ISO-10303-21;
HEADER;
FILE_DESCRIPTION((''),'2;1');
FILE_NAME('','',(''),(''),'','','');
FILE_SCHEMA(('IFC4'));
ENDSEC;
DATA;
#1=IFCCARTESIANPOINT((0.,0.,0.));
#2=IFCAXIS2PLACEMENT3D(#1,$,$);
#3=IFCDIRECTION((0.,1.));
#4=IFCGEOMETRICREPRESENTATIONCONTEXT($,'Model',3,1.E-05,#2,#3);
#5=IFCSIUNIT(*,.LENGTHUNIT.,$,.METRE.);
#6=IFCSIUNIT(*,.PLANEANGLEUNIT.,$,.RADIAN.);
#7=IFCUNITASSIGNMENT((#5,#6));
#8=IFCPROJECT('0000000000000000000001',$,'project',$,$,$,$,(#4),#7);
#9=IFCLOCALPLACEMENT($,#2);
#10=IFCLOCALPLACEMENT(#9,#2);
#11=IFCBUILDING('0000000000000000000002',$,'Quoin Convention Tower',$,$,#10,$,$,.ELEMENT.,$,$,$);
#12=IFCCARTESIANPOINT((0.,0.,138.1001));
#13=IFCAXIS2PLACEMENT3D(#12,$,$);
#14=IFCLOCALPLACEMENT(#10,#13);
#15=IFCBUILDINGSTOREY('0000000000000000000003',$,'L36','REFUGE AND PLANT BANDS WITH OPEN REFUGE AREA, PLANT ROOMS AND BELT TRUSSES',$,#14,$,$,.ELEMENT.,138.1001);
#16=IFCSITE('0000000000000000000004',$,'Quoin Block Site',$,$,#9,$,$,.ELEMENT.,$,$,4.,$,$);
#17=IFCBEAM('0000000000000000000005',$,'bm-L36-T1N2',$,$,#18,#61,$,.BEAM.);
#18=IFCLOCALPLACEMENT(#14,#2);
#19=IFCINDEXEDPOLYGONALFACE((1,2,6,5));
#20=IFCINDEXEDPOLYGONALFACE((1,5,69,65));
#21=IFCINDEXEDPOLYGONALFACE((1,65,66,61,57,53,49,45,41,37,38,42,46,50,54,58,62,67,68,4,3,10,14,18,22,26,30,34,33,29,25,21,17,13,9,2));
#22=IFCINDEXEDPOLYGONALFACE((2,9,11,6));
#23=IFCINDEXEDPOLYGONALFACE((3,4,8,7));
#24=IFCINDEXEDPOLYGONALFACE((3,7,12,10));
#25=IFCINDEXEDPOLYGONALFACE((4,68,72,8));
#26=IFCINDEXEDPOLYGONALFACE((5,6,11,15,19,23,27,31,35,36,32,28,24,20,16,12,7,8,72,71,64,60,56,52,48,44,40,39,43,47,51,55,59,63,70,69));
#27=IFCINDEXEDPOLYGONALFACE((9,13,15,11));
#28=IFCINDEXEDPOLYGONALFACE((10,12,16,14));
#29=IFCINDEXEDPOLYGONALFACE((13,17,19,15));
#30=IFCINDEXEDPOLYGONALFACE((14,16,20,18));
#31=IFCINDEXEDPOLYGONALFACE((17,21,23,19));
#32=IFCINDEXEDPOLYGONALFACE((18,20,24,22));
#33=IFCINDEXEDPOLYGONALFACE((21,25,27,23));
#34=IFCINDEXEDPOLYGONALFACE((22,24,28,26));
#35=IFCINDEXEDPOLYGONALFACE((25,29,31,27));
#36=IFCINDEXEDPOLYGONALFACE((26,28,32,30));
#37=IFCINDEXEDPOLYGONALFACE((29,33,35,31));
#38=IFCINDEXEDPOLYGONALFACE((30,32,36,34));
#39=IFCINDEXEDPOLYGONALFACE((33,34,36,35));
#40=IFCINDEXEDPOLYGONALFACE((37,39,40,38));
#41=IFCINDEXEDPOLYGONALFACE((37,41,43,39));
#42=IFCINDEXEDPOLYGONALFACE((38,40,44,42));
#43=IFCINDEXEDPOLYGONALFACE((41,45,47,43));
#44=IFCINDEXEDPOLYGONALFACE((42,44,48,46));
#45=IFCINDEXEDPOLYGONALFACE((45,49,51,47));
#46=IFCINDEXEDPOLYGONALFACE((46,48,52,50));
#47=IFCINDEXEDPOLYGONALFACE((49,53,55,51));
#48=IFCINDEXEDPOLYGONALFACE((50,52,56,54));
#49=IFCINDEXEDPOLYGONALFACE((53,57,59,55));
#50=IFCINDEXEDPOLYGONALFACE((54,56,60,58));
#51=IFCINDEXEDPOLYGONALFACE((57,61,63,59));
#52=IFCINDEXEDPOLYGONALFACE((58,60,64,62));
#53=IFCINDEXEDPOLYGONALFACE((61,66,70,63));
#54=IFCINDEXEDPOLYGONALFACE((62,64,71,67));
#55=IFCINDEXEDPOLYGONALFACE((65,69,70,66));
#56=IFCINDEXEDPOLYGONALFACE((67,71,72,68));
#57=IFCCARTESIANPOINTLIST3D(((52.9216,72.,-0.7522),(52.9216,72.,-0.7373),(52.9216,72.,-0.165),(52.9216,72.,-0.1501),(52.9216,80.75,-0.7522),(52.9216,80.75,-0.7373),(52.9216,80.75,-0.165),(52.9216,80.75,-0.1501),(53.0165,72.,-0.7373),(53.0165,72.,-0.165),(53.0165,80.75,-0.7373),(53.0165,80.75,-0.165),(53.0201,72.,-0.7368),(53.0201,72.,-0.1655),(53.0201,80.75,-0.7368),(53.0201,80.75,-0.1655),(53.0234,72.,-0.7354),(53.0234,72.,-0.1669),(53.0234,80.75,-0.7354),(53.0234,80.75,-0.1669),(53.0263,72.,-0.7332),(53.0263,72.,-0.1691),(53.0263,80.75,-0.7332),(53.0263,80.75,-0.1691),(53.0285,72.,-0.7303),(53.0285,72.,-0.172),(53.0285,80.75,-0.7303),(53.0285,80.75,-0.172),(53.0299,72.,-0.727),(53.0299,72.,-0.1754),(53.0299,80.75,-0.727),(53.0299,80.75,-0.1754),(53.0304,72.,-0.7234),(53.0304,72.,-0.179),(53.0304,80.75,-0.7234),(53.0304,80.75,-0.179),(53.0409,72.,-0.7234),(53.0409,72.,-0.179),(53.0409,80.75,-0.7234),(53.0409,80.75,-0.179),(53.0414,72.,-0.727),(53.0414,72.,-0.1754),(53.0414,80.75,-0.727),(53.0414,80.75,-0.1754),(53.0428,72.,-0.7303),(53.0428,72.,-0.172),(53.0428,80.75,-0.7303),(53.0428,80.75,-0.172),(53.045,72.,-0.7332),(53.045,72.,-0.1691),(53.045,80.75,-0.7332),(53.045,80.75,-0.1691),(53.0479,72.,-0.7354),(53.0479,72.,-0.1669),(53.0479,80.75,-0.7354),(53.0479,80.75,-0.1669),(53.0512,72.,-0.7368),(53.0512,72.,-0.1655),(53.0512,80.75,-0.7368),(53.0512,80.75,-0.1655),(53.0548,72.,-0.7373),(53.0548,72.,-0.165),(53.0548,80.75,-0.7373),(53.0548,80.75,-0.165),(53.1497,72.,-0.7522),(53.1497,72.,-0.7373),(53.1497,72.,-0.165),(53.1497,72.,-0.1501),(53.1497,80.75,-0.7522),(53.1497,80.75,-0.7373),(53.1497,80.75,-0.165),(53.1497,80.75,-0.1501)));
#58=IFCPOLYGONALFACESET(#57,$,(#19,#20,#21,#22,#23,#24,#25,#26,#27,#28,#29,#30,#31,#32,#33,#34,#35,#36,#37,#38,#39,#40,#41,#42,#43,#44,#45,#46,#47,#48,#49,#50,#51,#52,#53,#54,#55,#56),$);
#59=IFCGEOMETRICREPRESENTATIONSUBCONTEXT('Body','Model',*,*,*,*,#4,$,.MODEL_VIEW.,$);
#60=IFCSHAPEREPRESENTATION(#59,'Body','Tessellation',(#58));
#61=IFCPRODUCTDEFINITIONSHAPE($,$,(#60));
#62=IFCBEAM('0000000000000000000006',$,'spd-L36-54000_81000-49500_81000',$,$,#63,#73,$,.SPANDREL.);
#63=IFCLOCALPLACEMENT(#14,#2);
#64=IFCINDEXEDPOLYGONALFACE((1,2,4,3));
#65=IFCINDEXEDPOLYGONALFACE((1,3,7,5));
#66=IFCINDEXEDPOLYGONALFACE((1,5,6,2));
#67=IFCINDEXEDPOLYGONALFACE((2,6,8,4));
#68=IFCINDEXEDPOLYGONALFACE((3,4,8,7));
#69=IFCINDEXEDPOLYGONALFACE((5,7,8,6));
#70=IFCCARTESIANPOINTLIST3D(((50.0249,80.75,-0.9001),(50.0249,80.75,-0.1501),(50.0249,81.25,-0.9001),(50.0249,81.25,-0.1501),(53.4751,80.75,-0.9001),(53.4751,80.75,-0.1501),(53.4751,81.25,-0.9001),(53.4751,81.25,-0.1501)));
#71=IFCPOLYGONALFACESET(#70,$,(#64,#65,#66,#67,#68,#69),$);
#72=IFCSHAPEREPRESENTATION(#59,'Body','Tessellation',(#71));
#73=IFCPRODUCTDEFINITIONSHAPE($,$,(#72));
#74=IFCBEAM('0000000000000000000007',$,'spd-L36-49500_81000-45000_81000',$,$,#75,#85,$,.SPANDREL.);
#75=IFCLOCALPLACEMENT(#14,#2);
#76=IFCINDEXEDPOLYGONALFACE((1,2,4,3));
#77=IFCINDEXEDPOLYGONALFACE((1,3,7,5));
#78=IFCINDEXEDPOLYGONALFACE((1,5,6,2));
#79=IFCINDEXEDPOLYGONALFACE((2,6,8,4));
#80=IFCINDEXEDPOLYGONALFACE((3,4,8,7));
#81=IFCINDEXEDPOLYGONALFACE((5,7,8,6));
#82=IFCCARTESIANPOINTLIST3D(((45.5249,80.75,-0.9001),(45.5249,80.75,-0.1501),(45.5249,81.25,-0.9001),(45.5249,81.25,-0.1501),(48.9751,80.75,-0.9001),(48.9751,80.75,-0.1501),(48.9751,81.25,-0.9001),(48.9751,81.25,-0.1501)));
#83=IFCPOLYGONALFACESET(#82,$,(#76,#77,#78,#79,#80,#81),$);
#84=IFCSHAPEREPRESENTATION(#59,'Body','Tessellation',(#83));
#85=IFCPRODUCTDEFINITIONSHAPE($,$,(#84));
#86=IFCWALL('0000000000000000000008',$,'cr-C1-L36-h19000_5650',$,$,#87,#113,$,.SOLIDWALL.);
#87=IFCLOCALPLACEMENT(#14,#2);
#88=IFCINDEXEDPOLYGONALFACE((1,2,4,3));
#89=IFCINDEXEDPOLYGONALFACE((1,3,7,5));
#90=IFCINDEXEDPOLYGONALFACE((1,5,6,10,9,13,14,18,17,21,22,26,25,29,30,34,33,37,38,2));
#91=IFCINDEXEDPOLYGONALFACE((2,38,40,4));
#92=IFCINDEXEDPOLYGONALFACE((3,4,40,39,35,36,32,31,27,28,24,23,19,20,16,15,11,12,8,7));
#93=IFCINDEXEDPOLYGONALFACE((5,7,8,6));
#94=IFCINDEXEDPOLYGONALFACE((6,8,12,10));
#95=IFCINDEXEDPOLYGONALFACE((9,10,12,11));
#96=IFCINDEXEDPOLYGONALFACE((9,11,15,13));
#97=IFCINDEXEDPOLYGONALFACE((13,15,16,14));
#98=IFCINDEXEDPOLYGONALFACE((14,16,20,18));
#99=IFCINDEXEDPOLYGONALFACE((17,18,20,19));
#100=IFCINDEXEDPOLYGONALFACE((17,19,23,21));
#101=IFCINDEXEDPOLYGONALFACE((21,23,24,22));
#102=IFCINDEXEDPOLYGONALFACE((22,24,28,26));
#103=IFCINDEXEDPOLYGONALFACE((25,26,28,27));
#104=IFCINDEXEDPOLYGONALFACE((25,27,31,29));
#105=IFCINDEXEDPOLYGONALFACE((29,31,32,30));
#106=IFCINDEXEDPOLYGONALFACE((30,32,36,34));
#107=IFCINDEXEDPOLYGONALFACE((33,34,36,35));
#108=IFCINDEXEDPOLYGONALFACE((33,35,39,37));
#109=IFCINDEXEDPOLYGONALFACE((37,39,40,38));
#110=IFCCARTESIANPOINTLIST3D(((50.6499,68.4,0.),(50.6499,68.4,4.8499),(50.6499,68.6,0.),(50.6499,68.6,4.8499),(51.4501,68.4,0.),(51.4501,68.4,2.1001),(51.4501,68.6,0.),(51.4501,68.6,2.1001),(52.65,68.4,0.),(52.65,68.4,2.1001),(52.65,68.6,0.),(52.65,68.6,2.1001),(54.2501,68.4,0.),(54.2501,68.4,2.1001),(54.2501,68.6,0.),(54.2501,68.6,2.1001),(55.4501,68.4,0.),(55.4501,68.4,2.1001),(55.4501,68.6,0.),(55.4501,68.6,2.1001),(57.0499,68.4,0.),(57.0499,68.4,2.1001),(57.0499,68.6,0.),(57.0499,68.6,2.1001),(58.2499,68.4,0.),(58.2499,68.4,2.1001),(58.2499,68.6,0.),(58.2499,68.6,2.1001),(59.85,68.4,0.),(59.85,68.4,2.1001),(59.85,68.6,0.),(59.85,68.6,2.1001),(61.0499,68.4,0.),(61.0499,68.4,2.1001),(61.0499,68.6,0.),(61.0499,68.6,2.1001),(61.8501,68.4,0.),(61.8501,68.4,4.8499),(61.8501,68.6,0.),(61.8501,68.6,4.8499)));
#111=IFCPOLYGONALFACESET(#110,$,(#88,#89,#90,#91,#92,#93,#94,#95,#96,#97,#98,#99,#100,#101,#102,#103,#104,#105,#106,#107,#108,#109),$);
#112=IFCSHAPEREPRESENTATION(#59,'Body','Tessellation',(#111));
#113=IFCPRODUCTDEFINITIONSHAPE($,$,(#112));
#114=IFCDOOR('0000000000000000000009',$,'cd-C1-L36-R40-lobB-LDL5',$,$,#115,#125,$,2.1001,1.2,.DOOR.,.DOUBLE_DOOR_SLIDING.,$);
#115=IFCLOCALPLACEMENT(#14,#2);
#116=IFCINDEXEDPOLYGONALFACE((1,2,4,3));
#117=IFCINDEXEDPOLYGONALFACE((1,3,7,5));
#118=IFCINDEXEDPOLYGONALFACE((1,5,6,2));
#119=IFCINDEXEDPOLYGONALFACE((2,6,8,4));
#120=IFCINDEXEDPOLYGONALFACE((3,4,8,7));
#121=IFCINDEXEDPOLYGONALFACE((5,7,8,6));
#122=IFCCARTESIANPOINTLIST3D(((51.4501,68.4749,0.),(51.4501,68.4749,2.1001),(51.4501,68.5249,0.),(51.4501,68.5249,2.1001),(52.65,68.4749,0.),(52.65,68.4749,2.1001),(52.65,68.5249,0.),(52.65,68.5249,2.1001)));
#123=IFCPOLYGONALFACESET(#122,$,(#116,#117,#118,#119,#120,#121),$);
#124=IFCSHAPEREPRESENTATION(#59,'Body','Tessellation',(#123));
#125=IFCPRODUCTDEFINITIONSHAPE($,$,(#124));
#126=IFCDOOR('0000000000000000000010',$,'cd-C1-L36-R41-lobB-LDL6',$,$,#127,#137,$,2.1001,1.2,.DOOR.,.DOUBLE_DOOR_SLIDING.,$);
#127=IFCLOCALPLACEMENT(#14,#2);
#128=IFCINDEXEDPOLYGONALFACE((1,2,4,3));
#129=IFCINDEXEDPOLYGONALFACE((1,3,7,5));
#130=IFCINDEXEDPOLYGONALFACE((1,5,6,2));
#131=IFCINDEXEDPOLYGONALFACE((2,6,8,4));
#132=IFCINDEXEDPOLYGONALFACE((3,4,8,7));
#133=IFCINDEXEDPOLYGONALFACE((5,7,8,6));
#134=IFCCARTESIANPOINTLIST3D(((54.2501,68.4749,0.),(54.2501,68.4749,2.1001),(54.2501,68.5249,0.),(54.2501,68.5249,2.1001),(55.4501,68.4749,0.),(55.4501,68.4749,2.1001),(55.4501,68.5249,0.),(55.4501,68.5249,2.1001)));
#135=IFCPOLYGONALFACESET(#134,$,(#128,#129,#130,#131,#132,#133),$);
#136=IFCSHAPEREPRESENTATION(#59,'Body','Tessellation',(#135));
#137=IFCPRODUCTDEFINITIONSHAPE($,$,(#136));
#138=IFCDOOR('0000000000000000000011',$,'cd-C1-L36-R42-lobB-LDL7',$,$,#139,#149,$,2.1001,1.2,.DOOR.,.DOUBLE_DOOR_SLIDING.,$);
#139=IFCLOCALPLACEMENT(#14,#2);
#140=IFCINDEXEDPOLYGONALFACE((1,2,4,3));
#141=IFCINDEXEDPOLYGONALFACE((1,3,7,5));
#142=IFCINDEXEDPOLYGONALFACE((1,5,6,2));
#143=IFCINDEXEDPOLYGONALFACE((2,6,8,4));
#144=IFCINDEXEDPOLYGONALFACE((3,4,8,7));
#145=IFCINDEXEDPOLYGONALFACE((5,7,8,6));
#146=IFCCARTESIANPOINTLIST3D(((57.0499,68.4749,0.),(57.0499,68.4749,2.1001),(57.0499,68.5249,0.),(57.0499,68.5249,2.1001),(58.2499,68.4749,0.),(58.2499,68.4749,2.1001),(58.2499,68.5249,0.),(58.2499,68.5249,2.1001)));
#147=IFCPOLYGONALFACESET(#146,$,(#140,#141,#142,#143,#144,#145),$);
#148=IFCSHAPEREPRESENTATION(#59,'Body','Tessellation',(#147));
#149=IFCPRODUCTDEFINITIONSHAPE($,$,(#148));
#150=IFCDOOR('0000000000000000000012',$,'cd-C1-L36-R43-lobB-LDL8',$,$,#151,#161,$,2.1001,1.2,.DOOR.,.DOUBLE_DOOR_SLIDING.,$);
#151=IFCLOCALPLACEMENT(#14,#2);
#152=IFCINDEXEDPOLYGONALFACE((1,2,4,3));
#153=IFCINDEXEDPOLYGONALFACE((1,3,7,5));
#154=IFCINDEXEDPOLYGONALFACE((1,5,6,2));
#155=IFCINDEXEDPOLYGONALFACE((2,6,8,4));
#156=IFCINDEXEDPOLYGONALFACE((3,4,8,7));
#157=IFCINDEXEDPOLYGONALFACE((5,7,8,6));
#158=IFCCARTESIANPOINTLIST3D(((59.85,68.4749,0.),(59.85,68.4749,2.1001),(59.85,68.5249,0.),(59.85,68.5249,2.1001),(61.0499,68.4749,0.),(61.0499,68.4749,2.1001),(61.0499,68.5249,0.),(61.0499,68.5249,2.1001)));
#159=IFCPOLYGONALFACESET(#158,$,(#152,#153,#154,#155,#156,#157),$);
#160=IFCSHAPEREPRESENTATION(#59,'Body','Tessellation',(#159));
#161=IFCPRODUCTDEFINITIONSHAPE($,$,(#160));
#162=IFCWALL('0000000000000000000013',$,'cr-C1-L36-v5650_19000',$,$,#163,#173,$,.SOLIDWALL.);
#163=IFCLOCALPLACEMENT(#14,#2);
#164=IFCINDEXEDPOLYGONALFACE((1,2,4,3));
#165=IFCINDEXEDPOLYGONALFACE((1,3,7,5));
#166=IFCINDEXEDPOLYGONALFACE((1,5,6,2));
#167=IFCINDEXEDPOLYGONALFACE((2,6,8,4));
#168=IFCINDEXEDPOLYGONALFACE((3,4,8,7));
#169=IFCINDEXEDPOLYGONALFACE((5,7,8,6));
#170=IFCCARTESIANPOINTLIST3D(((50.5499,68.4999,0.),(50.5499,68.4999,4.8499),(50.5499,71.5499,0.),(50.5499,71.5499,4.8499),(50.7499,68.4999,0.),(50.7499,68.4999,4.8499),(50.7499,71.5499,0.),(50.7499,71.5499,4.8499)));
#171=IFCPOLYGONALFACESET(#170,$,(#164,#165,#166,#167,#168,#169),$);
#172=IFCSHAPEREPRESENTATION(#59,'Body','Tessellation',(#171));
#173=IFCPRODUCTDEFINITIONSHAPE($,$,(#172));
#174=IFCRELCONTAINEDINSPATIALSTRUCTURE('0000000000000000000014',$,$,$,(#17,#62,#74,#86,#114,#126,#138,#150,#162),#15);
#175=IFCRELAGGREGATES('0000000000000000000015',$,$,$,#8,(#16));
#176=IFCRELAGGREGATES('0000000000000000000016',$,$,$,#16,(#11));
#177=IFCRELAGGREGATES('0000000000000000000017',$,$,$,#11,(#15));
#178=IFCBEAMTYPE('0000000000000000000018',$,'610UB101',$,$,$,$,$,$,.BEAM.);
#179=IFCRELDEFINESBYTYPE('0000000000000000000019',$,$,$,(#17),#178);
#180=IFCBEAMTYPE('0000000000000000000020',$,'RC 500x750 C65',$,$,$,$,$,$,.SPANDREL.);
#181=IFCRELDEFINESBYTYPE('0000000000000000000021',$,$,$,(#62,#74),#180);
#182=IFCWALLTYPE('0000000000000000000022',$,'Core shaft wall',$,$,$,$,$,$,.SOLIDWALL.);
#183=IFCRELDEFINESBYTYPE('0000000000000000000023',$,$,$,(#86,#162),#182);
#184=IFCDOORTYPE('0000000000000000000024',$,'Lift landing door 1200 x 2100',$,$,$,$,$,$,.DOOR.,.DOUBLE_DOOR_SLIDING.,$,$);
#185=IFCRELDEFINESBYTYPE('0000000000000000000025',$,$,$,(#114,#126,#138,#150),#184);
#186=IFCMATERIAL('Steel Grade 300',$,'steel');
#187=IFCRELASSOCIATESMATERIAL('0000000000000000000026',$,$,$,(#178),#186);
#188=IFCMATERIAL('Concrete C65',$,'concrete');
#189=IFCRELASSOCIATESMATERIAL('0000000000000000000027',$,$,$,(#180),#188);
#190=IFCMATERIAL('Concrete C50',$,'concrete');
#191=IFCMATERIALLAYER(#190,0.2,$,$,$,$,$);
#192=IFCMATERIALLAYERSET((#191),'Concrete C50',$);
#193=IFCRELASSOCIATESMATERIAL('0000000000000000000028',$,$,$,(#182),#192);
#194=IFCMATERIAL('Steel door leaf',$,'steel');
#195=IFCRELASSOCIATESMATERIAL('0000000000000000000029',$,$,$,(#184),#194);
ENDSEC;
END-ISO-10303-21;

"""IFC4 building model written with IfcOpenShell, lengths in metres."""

from ifc_helpers import new_model, si_unit, direction, frame, frame_2d, origin, origin_2d, place, context, subcontext, project, spatial, rectangle, i_section, extrude, material, layer, layer_set, material_profile, profile_set, type_object, element, fill, save


model = new_model("IFC4")

# Units and contexts
model_context = context("Model", 3, precision=1e-05, world=origin(), true_north=direction((0.0, 1.0)))
body_context = subcontext(model_context, "Body", "Model", "MODEL_VIEW")
ifc_project = project(units=[si_unit("LENGTHUNIT", "METRE"), si_unit("PLANEANGLEUNIT", "RADIAN")], contexts=[model_context])

# Site, building, storey
site_placement = place(None, origin())
site = spatial("IfcSite", under=ifc_project, at=site_placement, Name="Quoin Block Site", CompositionType="ELEMENT", RefElevation=4.0)
building_placement = place(site_placement, origin())
building = spatial("IfcBuilding", under=site, at=building_placement, Name="Quoin Convention Tower", CompositionType="ELEMENT")
storey_placement = place(building_placement, frame((0.0, 0.0, 138.1001)))
storey = spatial("IfcBuildingStorey", under=building, at=storey_placement, Name="L36", Description="REFUGE AND PLANT BANDS WITH OPEN REFUGE AREA, PLANT ROOMS AND BELT TRUSSES", CompositionType="ELEMENT", Elevation=138.1001)

# Shared definitions
ifc_material_1 = material(Name="Concrete C65", Category="concrete")

# Shared definitions
ifc_material_2 = material(Name="Steel Grade 300", Category="steel")

# Beams
ifc_material_profile_1 = material_profile(ifc_material_2, i_section(OverallWidth=0.228, OverallDepth=0.6021, WebThickness=0.0105, FlangeThickness=0.0149, FilletRadius=0.0139, at=origin_2d()), Name="610UB101")
ifc_profile_set_1 = profile_set([ifc_material_profile_1], Name="Steel Grade 300")
beam_type_1 = type_object("IfcBeamType", Name="610UB101", PredefinedType="BEAM", material=ifc_profile_set_1)
beam_1_placement = place(storey_placement, frame((53.0356, 72.0, -0.4512), z_axis=(0.0, 1.0, 0.0), x_axis=(-1.0, 0.0, 0.0)))
element("IfcBeam", 1, at=beam_1_placement, inside=storey, type_object=beam_type_1, Name="bm-L36-T1N2", PredefinedType="BEAM", context=body_context, shape_type="SweptSolid", body=[
    extrude(i_section(OverallWidth=0.228, OverallDepth=0.6021, WebThickness=0.0105, FlangeThickness=0.0149, FilletRadius=0.0139, at=origin_2d()), origin(), (0.0, 0.0, 1.0), 8.75),
])
ifc_material_profile_2 = material_profile(ifc_material_1, rectangle(XDim=0.5, YDim=0.75, at=origin_2d()), Name="RC 500x750")
ifc_profile_set_2 = profile_set([ifc_material_profile_2], Name="Concrete C65")
beam_type_2 = type_object("IfcBeamType", Name="RC 500x750 C65", PredefinedType="SPANDREL", material=ifc_profile_set_2)
for number, where, z_axis, x_axis, name in (
    (2, (53.4751, 81.0, -0.5251), (-1.0, 0.0, 0.0), (0.0, -1.0, 0.0), "spd-L36-54000_81000-49500_81000"),
    (3, (48.9751, 81.0, -0.5251), (-1.0, 0.0, 0.0), (0.0, -1.0, 0.0), "spd-L36-49500_81000-45000_81000"),
):
    element("IfcBeam", number, at=place(storey_placement, frame(where, z_axis=z_axis, x_axis=x_axis)), inside=storey, type_object=beam_type_2, Name=name, PredefinedType="SPANDREL", context=body_context, shape_type="SweptSolid", body=[
        extrude(rectangle(XDim=0.5, YDim=0.75, at=origin_2d()), origin(), (0.0, 0.0, 1.0), 3.4502),
    ])

# Wall, openings, doors
ifc_material_3 = material(Name="Concrete C50", Category="concrete")
ifc_layer_1 = layer(ifc_material_3, 0.2)
ifc_layer_set_1 = layer_set([ifc_layer_1], Name="Concrete C50")
wall_type_1 = type_object("IfcWallType", Name="Core shaft wall", PredefinedType="SOLIDWALL", material=ifc_layer_set_1)
wall_1_placement = place(storey_placement, frame((50.6499, 68.5, 0.0), z_axis=(0.0, 0.0, 1.0), x_axis=(1.0, 0.0, 0.0)))
wall_1 = element("IfcWall", 4, at=wall_1_placement, inside=storey, type_object=wall_type_1, Name="cr-C1-L36-h19000_5650", PredefinedType="SOLIDWALL", context=body_context, shape_type="SweptSolid", body=[
    extrude(rectangle(XDim=11.2002, YDim=0.2, at=frame_2d((5.6001, 0.0))), origin(), (0.0, 0.0, 1.0), 4.8499),
])
opening_1_placement = place(wall_1_placement, frame((0.8, 0.0, 0.0)))
opening_1 = element("IfcOpeningElement", 5, at=opening_1_placement, cuts=wall_1, PredefinedType="OPENING", context=body_context, shape_type="SweptSolid", body=[
    extrude(rectangle(XDim=1.2, YDim=2.1001, at=frame_2d((0.6001, 1.05))), frame((0.0, 0.1099, 0.0), z_axis=(0.0, -1.0, 0.0), x_axis=(1.0, 0.0, 0.0)), (0.0, 0.0, 1.0), 0.22),
])
opening_2_placement = place(wall_1_placement, frame((3.6001, 0.0, 0.0)))
opening_2 = element("IfcOpeningElement", 6, at=opening_2_placement, cuts=wall_1, PredefinedType="OPENING", context=body_context, shape_type="SweptSolid", body=[
    extrude(rectangle(XDim=1.2, YDim=2.1001, at=frame_2d((0.6001, 1.05))), frame((0.0, 0.1099, 0.0), z_axis=(0.0, -1.0, 0.0), x_axis=(1.0, 0.0, 0.0)), (0.0, 0.0, 1.0), 0.22),
])
opening_3_placement = place(wall_1_placement, frame((6.3999, 0.0, 0.0)))
opening_3 = element("IfcOpeningElement", 7, at=opening_3_placement, cuts=wall_1, PredefinedType="OPENING", context=body_context, shape_type="SweptSolid", body=[
    extrude(rectangle(XDim=1.2, YDim=2.1001, at=frame_2d((0.6001, 1.05))), frame((0.0, 0.1099, 0.0), z_axis=(0.0, -1.0, 0.0), x_axis=(1.0, 0.0, 0.0)), (0.0, 0.0, 1.0), 0.22),
])
opening_4_placement = place(wall_1_placement, frame((9.2, 0.0, 0.0)))
opening_4 = element("IfcOpeningElement", 8, at=opening_4_placement, cuts=wall_1, PredefinedType="OPENING", context=body_context, shape_type="SweptSolid", body=[
    extrude(rectangle(XDim=1.2, YDim=2.1001, at=frame_2d((0.6001, 1.05))), frame((0.0, 0.1099, 0.0), z_axis=(0.0, -1.0, 0.0), x_axis=(1.0, 0.0, 0.0)), (0.0, 0.0, 1.0), 0.22),
])
ifc_material_4 = material(Name="Steel door leaf", Category="steel")
door_type = type_object("IfcDoorType", Name="Lift landing door 1200 x 2100", OperationType="DOUBLE_DOOR_SLIDING", PredefinedType="DOOR", material=ifc_material_4)
door_1_placement = place(opening_1_placement, origin())
door_1 = element("IfcDoor", 9, at=door_1_placement, inside=storey, type_object=door_type, Name="cd-C1-L36-R40-lobB-LDL5", OperationType="DOUBLE_DOOR_SLIDING", OverallHeight=2.1001, OverallWidth=1.2, PredefinedType="DOOR", context=body_context, shape_type="SweptSolid", body=[
    extrude(rectangle(XDim=1.2, YDim=2.1001, at=frame_2d((0.6001, 1.05))), frame((0.0, 0.0249, 0.0), z_axis=(0.0, -1.0, 0.0), x_axis=(1.0, 0.0, 0.0)), (0.0, 0.0, 1.0), 0.05),
])
fill(opening_1, door_1)
door_2_placement = place(opening_2_placement, origin())
door_2 = element("IfcDoor", 10, at=door_2_placement, inside=storey, type_object=door_type, Name="cd-C1-L36-R41-lobB-LDL6", OperationType="DOUBLE_DOOR_SLIDING", OverallHeight=2.1001, OverallWidth=1.2, PredefinedType="DOOR", context=body_context, shape_type="SweptSolid", body=[
    extrude(rectangle(XDim=1.2, YDim=2.1001, at=frame_2d((0.6001, 1.05))), frame((0.0, 0.0249, 0.0), z_axis=(0.0, -1.0, 0.0), x_axis=(1.0, 0.0, 0.0)), (0.0, 0.0, 1.0), 0.05),
])
fill(opening_2, door_2)
door_3_placement = place(opening_3_placement, origin())
door_3 = element("IfcDoor", 11, at=door_3_placement, inside=storey, type_object=door_type, Name="cd-C1-L36-R42-lobB-LDL7", OperationType="DOUBLE_DOOR_SLIDING", OverallHeight=2.1001, OverallWidth=1.2, PredefinedType="DOOR", context=body_context, shape_type="SweptSolid", body=[
    extrude(rectangle(XDim=1.2, YDim=2.1001, at=frame_2d((0.6001, 1.05))), frame((0.0, 0.0249, 0.0), z_axis=(0.0, -1.0, 0.0), x_axis=(1.0, 0.0, 0.0)), (0.0, 0.0, 1.0), 0.05),
])
fill(opening_3, door_3)
door_4_placement = place(opening_4_placement, origin())
door_4 = element("IfcDoor", 12, at=door_4_placement, inside=storey, type_object=door_type, Name="cd-C1-L36-R43-lobB-LDL8", OperationType="DOUBLE_DOOR_SLIDING", OverallHeight=2.1001, OverallWidth=1.2, PredefinedType="DOOR", context=body_context, shape_type="SweptSolid", body=[
    extrude(rectangle(XDim=1.2, YDim=2.1001, at=frame_2d((0.6001, 1.05))), frame((0.0, 0.0249, 0.0), z_axis=(0.0, -1.0, 0.0), x_axis=(1.0, 0.0, 0.0)), (0.0, 0.0, 1.0), 0.05),
])
fill(opening_4, door_4)

# Wall
for number, where, z_axis, x_axis, name in (
    (13, (50.6499, 68.5, 0.0), (0.0, 0.0, 1.0), (0.0, 1.0, 0.0), "cr-C1-L36-v5650_19000"),
):
    element("IfcWall", number, at=place(storey_placement, frame(where, z_axis=z_axis, x_axis=x_axis)), inside=storey, type_object=wall_type_1, Name=name, PredefinedType="SOLIDWALL", context=body_context, shape_type="SweptSolid", body=[
        extrude(rectangle(XDim=3.05, YDim=0.2, at=frame_2d((1.5249, 0.0))), origin(), (0.0, 0.0, 1.0), 4.8499),
    ])

save(model, "model.ifc")
